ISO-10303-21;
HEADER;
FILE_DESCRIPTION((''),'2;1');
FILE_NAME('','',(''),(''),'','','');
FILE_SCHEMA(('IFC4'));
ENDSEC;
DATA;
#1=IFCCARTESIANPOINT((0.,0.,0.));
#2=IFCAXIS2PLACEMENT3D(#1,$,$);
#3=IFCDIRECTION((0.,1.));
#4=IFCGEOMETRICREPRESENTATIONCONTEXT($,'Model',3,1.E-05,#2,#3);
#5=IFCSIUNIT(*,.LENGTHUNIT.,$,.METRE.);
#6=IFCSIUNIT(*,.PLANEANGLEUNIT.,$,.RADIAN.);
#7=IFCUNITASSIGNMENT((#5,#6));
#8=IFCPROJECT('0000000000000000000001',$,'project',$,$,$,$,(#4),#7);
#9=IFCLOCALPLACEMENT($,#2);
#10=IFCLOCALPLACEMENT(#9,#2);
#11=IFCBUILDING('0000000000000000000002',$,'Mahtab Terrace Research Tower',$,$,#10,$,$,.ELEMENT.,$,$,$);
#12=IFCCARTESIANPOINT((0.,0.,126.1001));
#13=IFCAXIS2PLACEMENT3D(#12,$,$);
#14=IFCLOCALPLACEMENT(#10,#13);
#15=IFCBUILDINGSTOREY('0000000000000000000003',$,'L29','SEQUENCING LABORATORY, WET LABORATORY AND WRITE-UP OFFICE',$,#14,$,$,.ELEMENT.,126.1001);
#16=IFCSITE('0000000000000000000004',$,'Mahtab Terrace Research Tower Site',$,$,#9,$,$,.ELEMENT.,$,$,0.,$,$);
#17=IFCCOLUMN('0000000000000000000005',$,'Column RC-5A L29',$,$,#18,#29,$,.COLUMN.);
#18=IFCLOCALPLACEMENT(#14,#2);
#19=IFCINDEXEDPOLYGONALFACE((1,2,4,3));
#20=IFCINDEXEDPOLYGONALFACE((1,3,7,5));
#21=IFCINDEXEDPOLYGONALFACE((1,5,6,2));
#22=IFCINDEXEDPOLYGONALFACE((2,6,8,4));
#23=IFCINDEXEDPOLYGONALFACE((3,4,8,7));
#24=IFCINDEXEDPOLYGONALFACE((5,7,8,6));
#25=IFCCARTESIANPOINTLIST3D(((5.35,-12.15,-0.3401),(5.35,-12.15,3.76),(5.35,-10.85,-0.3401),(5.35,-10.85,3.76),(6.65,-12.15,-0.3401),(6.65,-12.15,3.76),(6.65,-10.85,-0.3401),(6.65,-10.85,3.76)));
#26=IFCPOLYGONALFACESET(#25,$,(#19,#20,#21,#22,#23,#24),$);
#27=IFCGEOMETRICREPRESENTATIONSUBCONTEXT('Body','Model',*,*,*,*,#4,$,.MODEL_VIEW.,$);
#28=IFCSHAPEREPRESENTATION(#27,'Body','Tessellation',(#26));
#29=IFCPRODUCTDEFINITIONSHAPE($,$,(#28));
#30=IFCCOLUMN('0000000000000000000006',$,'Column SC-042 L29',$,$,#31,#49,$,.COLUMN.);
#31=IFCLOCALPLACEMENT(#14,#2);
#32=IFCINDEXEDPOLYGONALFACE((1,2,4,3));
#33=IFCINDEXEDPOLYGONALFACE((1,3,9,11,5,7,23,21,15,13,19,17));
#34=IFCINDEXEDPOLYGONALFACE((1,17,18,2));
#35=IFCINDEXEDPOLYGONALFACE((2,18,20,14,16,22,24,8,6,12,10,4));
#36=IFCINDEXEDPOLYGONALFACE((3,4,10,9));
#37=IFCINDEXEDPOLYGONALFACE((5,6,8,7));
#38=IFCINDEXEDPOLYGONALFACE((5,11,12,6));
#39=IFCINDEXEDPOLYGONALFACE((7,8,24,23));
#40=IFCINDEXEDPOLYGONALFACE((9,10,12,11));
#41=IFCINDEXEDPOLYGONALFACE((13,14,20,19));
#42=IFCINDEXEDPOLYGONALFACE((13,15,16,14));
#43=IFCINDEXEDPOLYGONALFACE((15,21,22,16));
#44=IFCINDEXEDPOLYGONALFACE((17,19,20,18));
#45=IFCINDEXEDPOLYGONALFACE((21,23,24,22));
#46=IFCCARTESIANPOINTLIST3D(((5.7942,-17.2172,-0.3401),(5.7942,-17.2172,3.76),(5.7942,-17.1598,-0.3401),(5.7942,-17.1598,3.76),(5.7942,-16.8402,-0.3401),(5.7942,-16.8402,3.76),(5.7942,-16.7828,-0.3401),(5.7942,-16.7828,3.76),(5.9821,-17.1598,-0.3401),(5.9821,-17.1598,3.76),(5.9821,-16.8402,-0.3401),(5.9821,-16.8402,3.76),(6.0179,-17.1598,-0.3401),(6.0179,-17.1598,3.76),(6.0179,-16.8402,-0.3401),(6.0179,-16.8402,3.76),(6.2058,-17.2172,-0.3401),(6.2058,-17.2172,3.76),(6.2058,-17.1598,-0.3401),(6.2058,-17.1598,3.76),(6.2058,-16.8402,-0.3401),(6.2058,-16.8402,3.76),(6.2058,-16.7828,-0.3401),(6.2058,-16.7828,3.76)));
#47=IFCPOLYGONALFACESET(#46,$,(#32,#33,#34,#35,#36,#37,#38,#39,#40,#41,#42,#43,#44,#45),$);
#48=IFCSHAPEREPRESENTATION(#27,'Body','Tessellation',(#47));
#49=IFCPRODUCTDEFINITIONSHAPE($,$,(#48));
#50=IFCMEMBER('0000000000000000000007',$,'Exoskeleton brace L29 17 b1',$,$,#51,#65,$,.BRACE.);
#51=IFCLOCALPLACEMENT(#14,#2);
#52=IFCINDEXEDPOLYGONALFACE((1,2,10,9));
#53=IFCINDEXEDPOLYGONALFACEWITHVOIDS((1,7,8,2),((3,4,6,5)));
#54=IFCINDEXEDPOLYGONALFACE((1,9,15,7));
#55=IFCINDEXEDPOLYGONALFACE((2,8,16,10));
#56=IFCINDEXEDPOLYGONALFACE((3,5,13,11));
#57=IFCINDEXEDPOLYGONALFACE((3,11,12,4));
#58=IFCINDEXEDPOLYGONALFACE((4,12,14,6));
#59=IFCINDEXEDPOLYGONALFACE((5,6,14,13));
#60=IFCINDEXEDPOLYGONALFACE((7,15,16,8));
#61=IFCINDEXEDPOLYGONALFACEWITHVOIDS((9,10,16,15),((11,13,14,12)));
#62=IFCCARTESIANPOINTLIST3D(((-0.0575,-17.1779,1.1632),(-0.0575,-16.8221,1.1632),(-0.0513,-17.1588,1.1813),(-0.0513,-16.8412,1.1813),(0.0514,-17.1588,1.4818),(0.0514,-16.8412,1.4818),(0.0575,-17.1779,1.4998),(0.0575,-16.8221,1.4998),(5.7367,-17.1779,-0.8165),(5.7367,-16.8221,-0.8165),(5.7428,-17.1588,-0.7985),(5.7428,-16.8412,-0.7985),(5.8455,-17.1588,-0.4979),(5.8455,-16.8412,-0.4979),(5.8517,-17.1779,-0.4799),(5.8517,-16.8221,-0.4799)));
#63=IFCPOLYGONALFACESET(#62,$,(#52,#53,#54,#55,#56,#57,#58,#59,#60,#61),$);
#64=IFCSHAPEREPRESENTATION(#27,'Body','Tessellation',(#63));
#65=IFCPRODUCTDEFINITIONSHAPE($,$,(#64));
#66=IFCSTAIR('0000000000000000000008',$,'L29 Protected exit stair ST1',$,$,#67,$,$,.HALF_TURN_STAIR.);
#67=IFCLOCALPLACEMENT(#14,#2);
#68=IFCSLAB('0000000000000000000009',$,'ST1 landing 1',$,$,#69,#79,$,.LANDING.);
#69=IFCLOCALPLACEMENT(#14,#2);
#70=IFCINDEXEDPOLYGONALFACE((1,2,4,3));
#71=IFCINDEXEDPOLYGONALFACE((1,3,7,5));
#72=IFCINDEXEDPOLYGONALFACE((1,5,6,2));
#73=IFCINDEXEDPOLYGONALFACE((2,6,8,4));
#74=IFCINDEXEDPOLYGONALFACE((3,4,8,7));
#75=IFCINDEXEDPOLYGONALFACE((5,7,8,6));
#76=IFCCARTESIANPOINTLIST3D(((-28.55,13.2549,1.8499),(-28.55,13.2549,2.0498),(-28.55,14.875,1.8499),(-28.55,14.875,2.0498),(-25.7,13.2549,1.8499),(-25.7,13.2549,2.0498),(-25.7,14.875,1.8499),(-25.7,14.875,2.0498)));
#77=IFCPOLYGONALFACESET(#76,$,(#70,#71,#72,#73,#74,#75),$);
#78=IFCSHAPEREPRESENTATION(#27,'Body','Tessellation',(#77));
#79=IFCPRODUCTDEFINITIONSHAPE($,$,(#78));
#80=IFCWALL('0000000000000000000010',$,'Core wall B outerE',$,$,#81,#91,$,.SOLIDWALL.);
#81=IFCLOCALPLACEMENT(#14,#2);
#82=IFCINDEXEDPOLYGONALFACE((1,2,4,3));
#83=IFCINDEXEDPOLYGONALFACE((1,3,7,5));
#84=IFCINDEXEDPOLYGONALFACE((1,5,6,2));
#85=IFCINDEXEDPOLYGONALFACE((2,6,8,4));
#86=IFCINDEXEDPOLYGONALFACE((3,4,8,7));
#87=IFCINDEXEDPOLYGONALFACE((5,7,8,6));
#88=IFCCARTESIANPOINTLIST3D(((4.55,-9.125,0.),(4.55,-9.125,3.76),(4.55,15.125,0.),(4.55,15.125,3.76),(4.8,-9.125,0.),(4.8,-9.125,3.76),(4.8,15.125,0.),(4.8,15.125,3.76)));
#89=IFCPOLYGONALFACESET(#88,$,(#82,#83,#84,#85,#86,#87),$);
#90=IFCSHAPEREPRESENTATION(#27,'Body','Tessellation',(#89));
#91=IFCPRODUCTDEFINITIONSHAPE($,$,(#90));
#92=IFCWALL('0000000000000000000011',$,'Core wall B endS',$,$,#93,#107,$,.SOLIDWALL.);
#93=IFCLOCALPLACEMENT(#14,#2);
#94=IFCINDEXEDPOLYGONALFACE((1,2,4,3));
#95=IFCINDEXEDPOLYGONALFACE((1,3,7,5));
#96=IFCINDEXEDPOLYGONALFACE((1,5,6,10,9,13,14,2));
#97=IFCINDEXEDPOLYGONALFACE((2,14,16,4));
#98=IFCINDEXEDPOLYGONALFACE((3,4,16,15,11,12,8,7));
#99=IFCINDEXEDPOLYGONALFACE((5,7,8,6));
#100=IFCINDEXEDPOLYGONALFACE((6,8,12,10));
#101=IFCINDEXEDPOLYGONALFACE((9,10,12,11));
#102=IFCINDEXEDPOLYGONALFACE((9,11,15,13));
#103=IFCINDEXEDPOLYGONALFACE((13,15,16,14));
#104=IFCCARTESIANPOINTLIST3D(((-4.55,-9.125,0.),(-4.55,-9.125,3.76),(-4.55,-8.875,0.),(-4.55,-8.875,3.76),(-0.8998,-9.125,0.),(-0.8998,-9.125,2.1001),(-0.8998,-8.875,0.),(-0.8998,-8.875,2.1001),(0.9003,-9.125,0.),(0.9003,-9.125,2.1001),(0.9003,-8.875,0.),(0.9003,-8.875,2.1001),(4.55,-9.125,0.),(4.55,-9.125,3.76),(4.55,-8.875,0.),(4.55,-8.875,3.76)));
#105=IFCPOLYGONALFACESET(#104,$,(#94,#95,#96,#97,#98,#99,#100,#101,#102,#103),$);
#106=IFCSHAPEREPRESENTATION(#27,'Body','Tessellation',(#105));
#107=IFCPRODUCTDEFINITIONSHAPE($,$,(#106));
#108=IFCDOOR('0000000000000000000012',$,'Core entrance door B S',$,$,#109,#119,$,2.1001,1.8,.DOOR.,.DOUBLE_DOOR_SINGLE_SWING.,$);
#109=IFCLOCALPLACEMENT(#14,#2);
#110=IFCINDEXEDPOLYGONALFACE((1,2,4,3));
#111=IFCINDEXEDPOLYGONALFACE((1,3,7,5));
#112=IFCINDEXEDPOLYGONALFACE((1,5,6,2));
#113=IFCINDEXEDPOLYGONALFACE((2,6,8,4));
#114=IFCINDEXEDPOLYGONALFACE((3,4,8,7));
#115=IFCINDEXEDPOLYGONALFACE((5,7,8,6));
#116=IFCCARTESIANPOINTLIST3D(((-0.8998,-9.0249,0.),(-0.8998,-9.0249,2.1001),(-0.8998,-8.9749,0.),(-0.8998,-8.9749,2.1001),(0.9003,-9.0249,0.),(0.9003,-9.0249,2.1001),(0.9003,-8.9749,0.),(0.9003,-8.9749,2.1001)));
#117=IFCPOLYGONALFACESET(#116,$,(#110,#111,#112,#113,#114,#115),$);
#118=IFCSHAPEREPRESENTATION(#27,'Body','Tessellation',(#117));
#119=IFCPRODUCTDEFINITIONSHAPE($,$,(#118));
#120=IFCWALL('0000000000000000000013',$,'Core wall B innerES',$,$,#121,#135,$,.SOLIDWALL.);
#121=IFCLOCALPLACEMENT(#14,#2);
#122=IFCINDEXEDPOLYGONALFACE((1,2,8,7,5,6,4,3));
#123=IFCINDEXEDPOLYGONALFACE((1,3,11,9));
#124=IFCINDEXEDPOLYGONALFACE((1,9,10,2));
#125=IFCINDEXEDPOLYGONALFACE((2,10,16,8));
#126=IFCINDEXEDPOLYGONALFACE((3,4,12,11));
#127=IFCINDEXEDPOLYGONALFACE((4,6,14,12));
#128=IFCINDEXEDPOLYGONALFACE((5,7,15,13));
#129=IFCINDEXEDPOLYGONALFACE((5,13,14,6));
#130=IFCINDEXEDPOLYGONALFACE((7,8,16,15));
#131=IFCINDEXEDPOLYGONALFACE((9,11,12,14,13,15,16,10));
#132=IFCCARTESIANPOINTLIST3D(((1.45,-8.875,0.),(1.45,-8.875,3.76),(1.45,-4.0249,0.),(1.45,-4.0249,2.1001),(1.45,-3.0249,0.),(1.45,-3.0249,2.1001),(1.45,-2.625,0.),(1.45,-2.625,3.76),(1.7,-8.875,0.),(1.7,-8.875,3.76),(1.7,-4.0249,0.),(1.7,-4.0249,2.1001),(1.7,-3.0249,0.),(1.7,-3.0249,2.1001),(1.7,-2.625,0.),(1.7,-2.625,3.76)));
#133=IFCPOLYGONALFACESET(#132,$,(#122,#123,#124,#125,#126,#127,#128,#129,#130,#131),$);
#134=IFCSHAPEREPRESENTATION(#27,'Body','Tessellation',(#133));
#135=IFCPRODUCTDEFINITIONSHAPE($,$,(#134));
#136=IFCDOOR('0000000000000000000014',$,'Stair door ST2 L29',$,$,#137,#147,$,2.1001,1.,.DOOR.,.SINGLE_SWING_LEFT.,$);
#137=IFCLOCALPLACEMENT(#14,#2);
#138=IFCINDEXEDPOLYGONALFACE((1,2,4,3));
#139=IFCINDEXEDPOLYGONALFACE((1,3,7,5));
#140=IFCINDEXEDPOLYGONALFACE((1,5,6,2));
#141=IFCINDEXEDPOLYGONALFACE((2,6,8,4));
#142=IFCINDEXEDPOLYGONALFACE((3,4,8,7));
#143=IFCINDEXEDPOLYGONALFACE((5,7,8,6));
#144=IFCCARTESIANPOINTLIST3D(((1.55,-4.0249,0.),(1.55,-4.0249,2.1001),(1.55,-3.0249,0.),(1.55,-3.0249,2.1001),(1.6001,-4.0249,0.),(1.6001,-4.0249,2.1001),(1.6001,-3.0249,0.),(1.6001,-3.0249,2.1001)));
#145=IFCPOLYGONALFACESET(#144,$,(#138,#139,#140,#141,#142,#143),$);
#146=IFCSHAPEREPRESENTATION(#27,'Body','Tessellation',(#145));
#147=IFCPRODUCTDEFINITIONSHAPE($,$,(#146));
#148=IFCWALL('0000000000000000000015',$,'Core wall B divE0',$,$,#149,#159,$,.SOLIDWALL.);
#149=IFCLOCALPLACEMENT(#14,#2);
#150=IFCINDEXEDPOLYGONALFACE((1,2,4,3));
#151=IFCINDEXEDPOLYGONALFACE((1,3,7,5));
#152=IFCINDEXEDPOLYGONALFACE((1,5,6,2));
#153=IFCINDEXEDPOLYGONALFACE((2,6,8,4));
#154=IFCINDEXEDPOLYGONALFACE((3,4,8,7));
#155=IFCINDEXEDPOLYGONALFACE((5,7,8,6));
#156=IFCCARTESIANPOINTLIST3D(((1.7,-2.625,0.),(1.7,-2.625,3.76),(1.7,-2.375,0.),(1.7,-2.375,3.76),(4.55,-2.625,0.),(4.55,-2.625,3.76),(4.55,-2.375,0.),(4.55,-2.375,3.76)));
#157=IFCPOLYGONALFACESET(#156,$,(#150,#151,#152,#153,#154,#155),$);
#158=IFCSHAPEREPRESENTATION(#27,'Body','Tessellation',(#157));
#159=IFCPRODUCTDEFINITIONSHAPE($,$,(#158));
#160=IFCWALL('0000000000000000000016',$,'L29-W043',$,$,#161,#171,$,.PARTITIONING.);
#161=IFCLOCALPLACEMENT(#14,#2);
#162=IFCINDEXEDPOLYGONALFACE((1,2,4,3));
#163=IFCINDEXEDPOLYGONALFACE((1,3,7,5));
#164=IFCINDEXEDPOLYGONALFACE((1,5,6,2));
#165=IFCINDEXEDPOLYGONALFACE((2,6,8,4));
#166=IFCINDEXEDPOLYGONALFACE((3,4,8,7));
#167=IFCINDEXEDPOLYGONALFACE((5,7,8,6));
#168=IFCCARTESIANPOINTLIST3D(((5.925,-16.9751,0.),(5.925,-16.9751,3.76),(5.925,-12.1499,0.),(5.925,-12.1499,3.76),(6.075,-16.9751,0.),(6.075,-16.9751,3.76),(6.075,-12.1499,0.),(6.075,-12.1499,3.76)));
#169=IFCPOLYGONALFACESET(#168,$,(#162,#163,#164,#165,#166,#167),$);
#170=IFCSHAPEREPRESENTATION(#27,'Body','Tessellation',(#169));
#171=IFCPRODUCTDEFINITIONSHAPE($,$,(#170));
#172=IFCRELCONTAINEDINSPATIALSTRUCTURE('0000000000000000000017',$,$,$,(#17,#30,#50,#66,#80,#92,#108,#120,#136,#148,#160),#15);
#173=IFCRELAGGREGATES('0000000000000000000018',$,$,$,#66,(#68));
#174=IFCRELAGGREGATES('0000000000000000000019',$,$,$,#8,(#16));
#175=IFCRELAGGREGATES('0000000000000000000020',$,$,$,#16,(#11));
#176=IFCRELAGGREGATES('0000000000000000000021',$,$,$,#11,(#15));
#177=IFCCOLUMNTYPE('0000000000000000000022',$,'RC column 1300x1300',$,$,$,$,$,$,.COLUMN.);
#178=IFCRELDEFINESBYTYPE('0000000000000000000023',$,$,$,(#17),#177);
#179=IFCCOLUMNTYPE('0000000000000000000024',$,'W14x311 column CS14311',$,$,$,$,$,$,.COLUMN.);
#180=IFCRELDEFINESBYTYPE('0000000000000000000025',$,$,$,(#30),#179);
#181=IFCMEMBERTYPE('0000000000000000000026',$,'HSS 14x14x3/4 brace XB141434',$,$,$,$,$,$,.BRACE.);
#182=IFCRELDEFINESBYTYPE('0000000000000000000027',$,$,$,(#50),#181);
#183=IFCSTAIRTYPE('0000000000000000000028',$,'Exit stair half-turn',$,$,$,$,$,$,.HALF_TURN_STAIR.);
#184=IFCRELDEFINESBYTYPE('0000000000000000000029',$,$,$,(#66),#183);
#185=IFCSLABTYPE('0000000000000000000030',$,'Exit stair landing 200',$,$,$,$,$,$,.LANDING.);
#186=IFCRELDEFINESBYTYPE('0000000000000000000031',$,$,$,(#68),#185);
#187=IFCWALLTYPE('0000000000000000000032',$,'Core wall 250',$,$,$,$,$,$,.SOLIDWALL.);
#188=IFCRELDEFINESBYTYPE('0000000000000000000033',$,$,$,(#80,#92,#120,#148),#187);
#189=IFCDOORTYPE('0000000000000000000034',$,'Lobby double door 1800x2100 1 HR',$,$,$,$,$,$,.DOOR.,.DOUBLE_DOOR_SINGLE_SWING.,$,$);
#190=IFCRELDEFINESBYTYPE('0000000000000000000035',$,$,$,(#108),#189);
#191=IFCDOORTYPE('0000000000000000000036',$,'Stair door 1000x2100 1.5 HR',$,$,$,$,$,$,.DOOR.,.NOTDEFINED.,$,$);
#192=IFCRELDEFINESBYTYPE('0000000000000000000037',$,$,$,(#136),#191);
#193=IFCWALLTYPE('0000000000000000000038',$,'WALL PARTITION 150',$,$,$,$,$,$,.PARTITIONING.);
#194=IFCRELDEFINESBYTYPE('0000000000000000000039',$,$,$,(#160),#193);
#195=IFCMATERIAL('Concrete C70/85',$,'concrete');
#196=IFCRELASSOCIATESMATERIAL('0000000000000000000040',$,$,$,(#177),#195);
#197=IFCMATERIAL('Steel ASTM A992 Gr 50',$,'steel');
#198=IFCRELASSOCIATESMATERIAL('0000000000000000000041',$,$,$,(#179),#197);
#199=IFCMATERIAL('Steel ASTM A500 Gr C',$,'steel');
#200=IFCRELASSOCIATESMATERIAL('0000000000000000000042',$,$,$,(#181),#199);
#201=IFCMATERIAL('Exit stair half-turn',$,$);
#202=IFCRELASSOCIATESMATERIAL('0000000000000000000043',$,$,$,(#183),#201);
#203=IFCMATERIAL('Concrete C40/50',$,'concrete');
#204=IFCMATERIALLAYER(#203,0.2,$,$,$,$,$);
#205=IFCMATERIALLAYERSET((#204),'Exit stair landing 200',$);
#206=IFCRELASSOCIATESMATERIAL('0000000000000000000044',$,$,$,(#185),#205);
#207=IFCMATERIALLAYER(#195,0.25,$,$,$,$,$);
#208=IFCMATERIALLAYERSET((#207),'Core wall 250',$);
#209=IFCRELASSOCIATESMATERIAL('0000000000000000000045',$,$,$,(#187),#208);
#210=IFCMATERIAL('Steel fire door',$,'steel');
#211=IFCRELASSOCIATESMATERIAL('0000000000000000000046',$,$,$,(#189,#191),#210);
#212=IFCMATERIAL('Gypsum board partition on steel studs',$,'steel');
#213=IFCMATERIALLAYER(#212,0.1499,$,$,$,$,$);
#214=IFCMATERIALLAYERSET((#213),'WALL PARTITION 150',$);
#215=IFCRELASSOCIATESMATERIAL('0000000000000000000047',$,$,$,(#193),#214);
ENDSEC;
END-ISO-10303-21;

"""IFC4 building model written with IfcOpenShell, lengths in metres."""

from ifc_helpers import new_model, si_unit, direction, frame, frame_2d, origin, origin_2d, place, context, subcontext, project, spatial, polyline, rectangle, hollow_rectangle, i_section, outline, extrude, material, layer, layer_set, material_profile, profile_set, type_object, element, fill, aggregate, save


model = new_model("IFC4")

# Units and contexts
model_context = context("Model", 3, precision=1e-05, world=origin(), true_north=direction((0.0, 1.0)))
body_context = subcontext(model_context, "Body", "Model", "MODEL_VIEW")
ifc_project = project(units=[si_unit("LENGTHUNIT", "METRE"), si_unit("PLANEANGLEUNIT", "RADIAN")], contexts=[model_context])

# Site, building, storey
site_placement = place(None, origin())
site = spatial("IfcSite", under=ifc_project, at=site_placement, Name="Mahtab Terrace Research Tower Site", CompositionType="ELEMENT", RefElevation=0.0)
building_placement = place(site_placement, origin())
building = spatial("IfcBuilding", under=site, at=building_placement, Name="Mahtab Terrace Research Tower", CompositionType="ELEMENT")
storey_placement = place(building_placement, frame((0.0, 0.0, 126.1001)))
storey = spatial("IfcBuildingStorey", under=building, at=storey_placement, Name="L29", Description="SEQUENCING LABORATORY, WET LABORATORY AND WRITE-UP OFFICE", CompositionType="ELEMENT", Elevation=126.1001)

# Columns
ifc_material_1 = material(Name="Concrete C70/85", Category="concrete")
ifc_material_profile_1 = material_profile(ifc_material_1, rectangle(XDim=1.3, YDim=1.3, at=origin_2d()), Name="RC column 1300x1300")
ifc_profile_set_1 = profile_set([ifc_material_profile_1], Name="Concrete C70/85")
column_type_1 = type_object("IfcColumnType", Name="RC column 1300x1300", PredefinedType="COLUMN", material=ifc_profile_set_1)
column_1_placement = place(storey_placement, frame((6.0, -11.5, -0.3401), z_axis=(0.0, 0.0, 1.0), x_axis=(1.0, 0.0, 0.0)))
element("IfcColumn", 1, at=column_1_placement, inside=storey, type_object=column_type_1, Name="Column RC-5A L29", PredefinedType="COLUMN", context=body_context, shape_type="SweptSolid", body=[
    extrude(rectangle(XDim=1.3, YDim=1.3, at=origin_2d()), origin(), (0.0, 0.0, 1.0), 4.1001),
])
ifc_material_2 = material(Name="Steel ASTM A992 Gr 50", Category="steel")
ifc_material_profile_2 = material_profile(ifc_material_2, i_section(OverallWidth=0.4116, OverallDepth=0.4343, WebThickness=0.0359, FlangeThickness=0.0574, at=origin_2d()), Name="W14X311")
ifc_profile_set_2 = profile_set([ifc_material_profile_2], Name="Steel ASTM A992 Gr 50")
column_type_2 = type_object("IfcColumnType", Name="W14x311 column CS14311", PredefinedType="COLUMN", material=ifc_profile_set_2)
column_2_placement = place(storey_placement, frame((6.0, -17.0, -0.3401), z_axis=(0.0, 0.0, 1.0), x_axis=(1.0, 0.0, 0.0)))
element("IfcColumn", 2, at=column_2_placement, inside=storey, type_object=column_type_2, Name="Column SC-042 L29", PredefinedType="COLUMN", context=body_context, shape_type="SweptSolid", body=[
    extrude(i_section(OverallWidth=0.4116, OverallDepth=0.4343, WebThickness=0.0359, FlangeThickness=0.0574, at=origin_2d()), origin(), (0.0, 0.0, 1.0), 4.1001),
])

# Member
ifc_material_3 = material(Name="Steel ASTM A500 Gr C", Category="steel")
ifc_material_profile_3 = material_profile(ifc_material_3, hollow_rectangle(XDim=0.3557, YDim=0.3557, WallThickness=0.019, at=origin_2d()), Name="HSS14X14X3/4")
ifc_profile_set_3 = profile_set([ifc_material_profile_3], Name="Steel ASTM A500 Gr C")
member_type = type_object("IfcMemberType", Name="HSS 14x14x3/4 brace XB141434", PredefinedType="BRACE", material=ifc_profile_set_3)
member_placement = place(storey_placement, frame((5.7942, -17.0, -0.6482), z_axis=(-0.946288, 0.0, 0.323324), x_axis=(0.0, -1.0, 0.0)))
element("IfcMember", 3, at=member_placement, inside=storey, type_object=member_type, Name="Exoskeleton brace L29 17 b1", PredefinedType="BRACE", context=body_context, shape_type="SweptSolid", body=[
    extrude(hollow_rectangle(XDim=0.3557, YDim=0.3557, WallThickness=0.019, at=origin_2d()), origin(), (0.0, 0.0, 1.0), 6.123),
])

# Stair, slab
ifc_material_4 = material(Name="Exit stair half-turn")
stair_type = type_object("IfcStairType", Name="Exit stair half-turn", PredefinedType="HALF_TURN_STAIR", material=ifc_material_4)
stair_1_placement = place(storey_placement, origin())
stair_1 = element("IfcStair", 4, at=stair_1_placement, inside=storey, type_object=stair_type, Name="L29 Protected exit stair ST1", PredefinedType="HALF_TURN_STAIR")
ifc_material_5 = material(Name="Concrete C40/50", Category="concrete")
ifc_layer_1 = layer(ifc_material_5, 0.2)
ifc_layer_set_1 = layer_set([ifc_layer_1], Name="Exit stair landing 200")
slab_type = type_object("IfcSlabType", Name="Exit stair landing 200", PredefinedType="LANDING", material=ifc_layer_set_1)
slab_placement = place(storey_placement, frame((0.0, 0.0, 1.8499)))
slab = element("IfcSlab", 5, at=slab_placement, type_object=slab_type, Name="ST1 landing 1", PredefinedType="LANDING", context=body_context, shape_type="SweptSolid", body=[
    extrude(outline(polyline([(-25.7, 13.2549), (-25.7, 14.875), (-28.55, 14.875), (-28.55, 13.2549), (-25.7, 13.2549)])), origin(), (0.0, 0.0, 1.0), 0.2),
])
aggregate(stair_1, [slab])

# Wall
ifc_layer_2 = layer(ifc_material_1, 0.25)
ifc_layer_set_2 = layer_set([ifc_layer_2], Name="Core wall 250")
wall_type_1 = type_object("IfcWallType", Name="Core wall 250", PredefinedType="SOLIDWALL", material=ifc_layer_set_2)
wall_1_placement = place(storey_placement, frame((4.675, -9.125, 0.0), z_axis=(0.0, 0.0, 1.0), x_axis=(0.0, 1.0, 0.0)))
element("IfcWall", 6, at=wall_1_placement, inside=storey, type_object=wall_type_1, Name="Core wall B outerE", PredefinedType="SOLIDWALL", context=body_context, shape_type="SweptSolid", body=[
    extrude(rectangle(XDim=24.25, YDim=0.25, at=frame_2d((12.125, 0.0))), origin(), (0.0, 0.0, 1.0), 3.76),
])

# Walls, openings, doors
wall_2_placement = place(storey_placement, frame((4.55, -9.0, 0.0), z_axis=(0.0, 0.0, 1.0), x_axis=(-1.0, 0.0, 0.0)))
wall_2 = element("IfcWall", 7, at=wall_2_placement, inside=storey, type_object=wall_type_1, Name="Core wall B endS", PredefinedType="SOLIDWALL", context=body_context, shape_type="SweptSolid", body=[
    extrude(rectangle(XDim=9.1001, YDim=0.25, at=frame_2d((4.55, 0.0))), origin(), (0.0, 0.0, 1.0), 3.76),
])
opening_1_placement = place(wall_2_placement, frame((3.6499, 0.0, 0.0)))
opening_1 = element("IfcOpeningElement", 8, at=opening_1_placement, cuts=wall_2, PredefinedType="OPENING", context=body_context, shape_type="SweptSolid", body=[
    extrude(rectangle(XDim=1.8, YDim=2.1001, at=frame_2d((0.8999, 1.05))), frame((0.0, 0.135, 0.0), z_axis=(0.0, -1.0, 0.0), x_axis=(1.0, 0.0, 0.0)), (0.0, 0.0, 1.0), 0.27),
])
ifc_material_6 = material(Name="Steel fire door", Category="steel")
door_type_1 = type_object("IfcDoorType", Name="Lobby double door 1800x2100 1 HR", OperationType="DOUBLE_DOOR_SINGLE_SWING", PredefinedType="DOOR", material=ifc_material_6)
door_1_placement = place(opening_1_placement, origin())
door_1 = element("IfcDoor", 9, at=door_1_placement, inside=storey, type_object=door_type_1, Name="Core entrance door B S", OperationType="DOUBLE_DOOR_SINGLE_SWING", OverallHeight=2.1001, OverallWidth=1.8, PredefinedType="DOOR", context=body_context, shape_type="SweptSolid", body=[
    extrude(rectangle(XDim=1.8, YDim=2.1001, at=frame_2d((0.8999, 1.05))), frame((0.0, 0.0249, 0.0), z_axis=(0.0, -1.0, 0.0), x_axis=(1.0, 0.0, 0.0)), (0.0, 0.0, 1.0), 0.05),
])
fill(opening_1, door_1)
wall_3_placement = place(storey_placement, frame((1.575, -8.875, 0.0), z_axis=(0.0, 0.0, 1.0), x_axis=(0.0, 1.0, 0.0)))
wall_3 = element("IfcWall", 10, at=wall_3_placement, inside=storey, type_object=wall_type_1, Name="Core wall B innerES", PredefinedType="SOLIDWALL", context=body_context, shape_type="SweptSolid", body=[
    extrude(rectangle(XDim=6.25, YDim=0.25, at=frame_2d((3.125, 0.0))), origin(), (0.0, 0.0, 1.0), 3.76),
])
opening_2_placement = place(wall_3_placement, frame((4.8501, 0.0, 0.0)))
opening_2 = element("IfcOpeningElement", 11, at=opening_2_placement, cuts=wall_3, PredefinedType="OPENING", context=body_context, shape_type="SweptSolid", body=[
    extrude(rectangle(XDim=1.0, YDim=2.1001, at=frame_2d((0.5, 1.05))), frame((0.0, 0.135, 0.0), z_axis=(0.0, -1.0, 0.0), x_axis=(1.0, 0.0, 0.0)), (0.0, 0.0, 1.0), 0.27),
])
door_type_2 = type_object("IfcDoorType", Name="Stair door 1000x2100 1.5 HR", OperationType="NOTDEFINED", PredefinedType="DOOR", material=ifc_material_6)
door_2_placement = place(opening_2_placement, origin())
door_2 = element("IfcDoor", 12, at=door_2_placement, inside=storey, type_object=door_type_2, Name="Stair door ST2 L29", OperationType="SINGLE_SWING_LEFT", OverallHeight=2.1001, OverallWidth=1.0, PredefinedType="DOOR", context=body_context, shape_type="SweptSolid", body=[
    extrude(rectangle(XDim=1.0, YDim=2.1001, at=frame_2d((0.5, 1.05))), frame((0.0, 0.0249, 0.0), z_axis=(0.0, -1.0, 0.0), x_axis=(1.0, 0.0, 0.0)), (0.0, 0.0, 1.0), 0.05),
])
fill(opening_2, door_2)

# Walls
wall_4_placement = place(storey_placement, frame((1.7, -2.5, 0.0), z_axis=(0.0, 0.0, 1.0), x_axis=(1.0, 0.0, 0.0)))
element("IfcWall", 13, at=wall_4_placement, inside=storey, type_object=wall_type_1, Name="Core wall B divE0", PredefinedType="SOLIDWALL", context=body_context, shape_type="SweptSolid", body=[
    extrude(rectangle(XDim=2.8501, YDim=0.25, at=frame_2d((1.425, 0.0))), origin(), (0.0, 0.0, 1.0), 3.76),
])
ifc_material_7 = material(Name="Gypsum board partition on steel studs", Category="steel")
ifc_layer_3 = layer(ifc_material_7, 0.1499)
ifc_layer_set_3 = layer_set([ifc_layer_3], Name="WALL PARTITION 150")
wall_type_2 = type_object("IfcWallType", Name="WALL PARTITION 150", PredefinedType="PARTITIONING", material=ifc_layer_set_3)
wall_5_placement = place(storey_placement, frame((6.0, -16.9751, 0.0), z_axis=(0.0, 0.0, 1.0), x_axis=(0.0, 1.0, 0.0)))
element("IfcWall", 14, at=wall_5_placement, inside=storey, type_object=wall_type_2, Name="L29-W043", PredefinedType="PARTITIONING", context=body_context, shape_type="SweptSolid", body=[
    extrude(rectangle(XDim=4.8252, YDim=0.1499, at=frame_2d((2.4126, 0.0))), origin(), (0.0, 0.0, 1.0), 3.76),
])

save(model, "model.ifc")
